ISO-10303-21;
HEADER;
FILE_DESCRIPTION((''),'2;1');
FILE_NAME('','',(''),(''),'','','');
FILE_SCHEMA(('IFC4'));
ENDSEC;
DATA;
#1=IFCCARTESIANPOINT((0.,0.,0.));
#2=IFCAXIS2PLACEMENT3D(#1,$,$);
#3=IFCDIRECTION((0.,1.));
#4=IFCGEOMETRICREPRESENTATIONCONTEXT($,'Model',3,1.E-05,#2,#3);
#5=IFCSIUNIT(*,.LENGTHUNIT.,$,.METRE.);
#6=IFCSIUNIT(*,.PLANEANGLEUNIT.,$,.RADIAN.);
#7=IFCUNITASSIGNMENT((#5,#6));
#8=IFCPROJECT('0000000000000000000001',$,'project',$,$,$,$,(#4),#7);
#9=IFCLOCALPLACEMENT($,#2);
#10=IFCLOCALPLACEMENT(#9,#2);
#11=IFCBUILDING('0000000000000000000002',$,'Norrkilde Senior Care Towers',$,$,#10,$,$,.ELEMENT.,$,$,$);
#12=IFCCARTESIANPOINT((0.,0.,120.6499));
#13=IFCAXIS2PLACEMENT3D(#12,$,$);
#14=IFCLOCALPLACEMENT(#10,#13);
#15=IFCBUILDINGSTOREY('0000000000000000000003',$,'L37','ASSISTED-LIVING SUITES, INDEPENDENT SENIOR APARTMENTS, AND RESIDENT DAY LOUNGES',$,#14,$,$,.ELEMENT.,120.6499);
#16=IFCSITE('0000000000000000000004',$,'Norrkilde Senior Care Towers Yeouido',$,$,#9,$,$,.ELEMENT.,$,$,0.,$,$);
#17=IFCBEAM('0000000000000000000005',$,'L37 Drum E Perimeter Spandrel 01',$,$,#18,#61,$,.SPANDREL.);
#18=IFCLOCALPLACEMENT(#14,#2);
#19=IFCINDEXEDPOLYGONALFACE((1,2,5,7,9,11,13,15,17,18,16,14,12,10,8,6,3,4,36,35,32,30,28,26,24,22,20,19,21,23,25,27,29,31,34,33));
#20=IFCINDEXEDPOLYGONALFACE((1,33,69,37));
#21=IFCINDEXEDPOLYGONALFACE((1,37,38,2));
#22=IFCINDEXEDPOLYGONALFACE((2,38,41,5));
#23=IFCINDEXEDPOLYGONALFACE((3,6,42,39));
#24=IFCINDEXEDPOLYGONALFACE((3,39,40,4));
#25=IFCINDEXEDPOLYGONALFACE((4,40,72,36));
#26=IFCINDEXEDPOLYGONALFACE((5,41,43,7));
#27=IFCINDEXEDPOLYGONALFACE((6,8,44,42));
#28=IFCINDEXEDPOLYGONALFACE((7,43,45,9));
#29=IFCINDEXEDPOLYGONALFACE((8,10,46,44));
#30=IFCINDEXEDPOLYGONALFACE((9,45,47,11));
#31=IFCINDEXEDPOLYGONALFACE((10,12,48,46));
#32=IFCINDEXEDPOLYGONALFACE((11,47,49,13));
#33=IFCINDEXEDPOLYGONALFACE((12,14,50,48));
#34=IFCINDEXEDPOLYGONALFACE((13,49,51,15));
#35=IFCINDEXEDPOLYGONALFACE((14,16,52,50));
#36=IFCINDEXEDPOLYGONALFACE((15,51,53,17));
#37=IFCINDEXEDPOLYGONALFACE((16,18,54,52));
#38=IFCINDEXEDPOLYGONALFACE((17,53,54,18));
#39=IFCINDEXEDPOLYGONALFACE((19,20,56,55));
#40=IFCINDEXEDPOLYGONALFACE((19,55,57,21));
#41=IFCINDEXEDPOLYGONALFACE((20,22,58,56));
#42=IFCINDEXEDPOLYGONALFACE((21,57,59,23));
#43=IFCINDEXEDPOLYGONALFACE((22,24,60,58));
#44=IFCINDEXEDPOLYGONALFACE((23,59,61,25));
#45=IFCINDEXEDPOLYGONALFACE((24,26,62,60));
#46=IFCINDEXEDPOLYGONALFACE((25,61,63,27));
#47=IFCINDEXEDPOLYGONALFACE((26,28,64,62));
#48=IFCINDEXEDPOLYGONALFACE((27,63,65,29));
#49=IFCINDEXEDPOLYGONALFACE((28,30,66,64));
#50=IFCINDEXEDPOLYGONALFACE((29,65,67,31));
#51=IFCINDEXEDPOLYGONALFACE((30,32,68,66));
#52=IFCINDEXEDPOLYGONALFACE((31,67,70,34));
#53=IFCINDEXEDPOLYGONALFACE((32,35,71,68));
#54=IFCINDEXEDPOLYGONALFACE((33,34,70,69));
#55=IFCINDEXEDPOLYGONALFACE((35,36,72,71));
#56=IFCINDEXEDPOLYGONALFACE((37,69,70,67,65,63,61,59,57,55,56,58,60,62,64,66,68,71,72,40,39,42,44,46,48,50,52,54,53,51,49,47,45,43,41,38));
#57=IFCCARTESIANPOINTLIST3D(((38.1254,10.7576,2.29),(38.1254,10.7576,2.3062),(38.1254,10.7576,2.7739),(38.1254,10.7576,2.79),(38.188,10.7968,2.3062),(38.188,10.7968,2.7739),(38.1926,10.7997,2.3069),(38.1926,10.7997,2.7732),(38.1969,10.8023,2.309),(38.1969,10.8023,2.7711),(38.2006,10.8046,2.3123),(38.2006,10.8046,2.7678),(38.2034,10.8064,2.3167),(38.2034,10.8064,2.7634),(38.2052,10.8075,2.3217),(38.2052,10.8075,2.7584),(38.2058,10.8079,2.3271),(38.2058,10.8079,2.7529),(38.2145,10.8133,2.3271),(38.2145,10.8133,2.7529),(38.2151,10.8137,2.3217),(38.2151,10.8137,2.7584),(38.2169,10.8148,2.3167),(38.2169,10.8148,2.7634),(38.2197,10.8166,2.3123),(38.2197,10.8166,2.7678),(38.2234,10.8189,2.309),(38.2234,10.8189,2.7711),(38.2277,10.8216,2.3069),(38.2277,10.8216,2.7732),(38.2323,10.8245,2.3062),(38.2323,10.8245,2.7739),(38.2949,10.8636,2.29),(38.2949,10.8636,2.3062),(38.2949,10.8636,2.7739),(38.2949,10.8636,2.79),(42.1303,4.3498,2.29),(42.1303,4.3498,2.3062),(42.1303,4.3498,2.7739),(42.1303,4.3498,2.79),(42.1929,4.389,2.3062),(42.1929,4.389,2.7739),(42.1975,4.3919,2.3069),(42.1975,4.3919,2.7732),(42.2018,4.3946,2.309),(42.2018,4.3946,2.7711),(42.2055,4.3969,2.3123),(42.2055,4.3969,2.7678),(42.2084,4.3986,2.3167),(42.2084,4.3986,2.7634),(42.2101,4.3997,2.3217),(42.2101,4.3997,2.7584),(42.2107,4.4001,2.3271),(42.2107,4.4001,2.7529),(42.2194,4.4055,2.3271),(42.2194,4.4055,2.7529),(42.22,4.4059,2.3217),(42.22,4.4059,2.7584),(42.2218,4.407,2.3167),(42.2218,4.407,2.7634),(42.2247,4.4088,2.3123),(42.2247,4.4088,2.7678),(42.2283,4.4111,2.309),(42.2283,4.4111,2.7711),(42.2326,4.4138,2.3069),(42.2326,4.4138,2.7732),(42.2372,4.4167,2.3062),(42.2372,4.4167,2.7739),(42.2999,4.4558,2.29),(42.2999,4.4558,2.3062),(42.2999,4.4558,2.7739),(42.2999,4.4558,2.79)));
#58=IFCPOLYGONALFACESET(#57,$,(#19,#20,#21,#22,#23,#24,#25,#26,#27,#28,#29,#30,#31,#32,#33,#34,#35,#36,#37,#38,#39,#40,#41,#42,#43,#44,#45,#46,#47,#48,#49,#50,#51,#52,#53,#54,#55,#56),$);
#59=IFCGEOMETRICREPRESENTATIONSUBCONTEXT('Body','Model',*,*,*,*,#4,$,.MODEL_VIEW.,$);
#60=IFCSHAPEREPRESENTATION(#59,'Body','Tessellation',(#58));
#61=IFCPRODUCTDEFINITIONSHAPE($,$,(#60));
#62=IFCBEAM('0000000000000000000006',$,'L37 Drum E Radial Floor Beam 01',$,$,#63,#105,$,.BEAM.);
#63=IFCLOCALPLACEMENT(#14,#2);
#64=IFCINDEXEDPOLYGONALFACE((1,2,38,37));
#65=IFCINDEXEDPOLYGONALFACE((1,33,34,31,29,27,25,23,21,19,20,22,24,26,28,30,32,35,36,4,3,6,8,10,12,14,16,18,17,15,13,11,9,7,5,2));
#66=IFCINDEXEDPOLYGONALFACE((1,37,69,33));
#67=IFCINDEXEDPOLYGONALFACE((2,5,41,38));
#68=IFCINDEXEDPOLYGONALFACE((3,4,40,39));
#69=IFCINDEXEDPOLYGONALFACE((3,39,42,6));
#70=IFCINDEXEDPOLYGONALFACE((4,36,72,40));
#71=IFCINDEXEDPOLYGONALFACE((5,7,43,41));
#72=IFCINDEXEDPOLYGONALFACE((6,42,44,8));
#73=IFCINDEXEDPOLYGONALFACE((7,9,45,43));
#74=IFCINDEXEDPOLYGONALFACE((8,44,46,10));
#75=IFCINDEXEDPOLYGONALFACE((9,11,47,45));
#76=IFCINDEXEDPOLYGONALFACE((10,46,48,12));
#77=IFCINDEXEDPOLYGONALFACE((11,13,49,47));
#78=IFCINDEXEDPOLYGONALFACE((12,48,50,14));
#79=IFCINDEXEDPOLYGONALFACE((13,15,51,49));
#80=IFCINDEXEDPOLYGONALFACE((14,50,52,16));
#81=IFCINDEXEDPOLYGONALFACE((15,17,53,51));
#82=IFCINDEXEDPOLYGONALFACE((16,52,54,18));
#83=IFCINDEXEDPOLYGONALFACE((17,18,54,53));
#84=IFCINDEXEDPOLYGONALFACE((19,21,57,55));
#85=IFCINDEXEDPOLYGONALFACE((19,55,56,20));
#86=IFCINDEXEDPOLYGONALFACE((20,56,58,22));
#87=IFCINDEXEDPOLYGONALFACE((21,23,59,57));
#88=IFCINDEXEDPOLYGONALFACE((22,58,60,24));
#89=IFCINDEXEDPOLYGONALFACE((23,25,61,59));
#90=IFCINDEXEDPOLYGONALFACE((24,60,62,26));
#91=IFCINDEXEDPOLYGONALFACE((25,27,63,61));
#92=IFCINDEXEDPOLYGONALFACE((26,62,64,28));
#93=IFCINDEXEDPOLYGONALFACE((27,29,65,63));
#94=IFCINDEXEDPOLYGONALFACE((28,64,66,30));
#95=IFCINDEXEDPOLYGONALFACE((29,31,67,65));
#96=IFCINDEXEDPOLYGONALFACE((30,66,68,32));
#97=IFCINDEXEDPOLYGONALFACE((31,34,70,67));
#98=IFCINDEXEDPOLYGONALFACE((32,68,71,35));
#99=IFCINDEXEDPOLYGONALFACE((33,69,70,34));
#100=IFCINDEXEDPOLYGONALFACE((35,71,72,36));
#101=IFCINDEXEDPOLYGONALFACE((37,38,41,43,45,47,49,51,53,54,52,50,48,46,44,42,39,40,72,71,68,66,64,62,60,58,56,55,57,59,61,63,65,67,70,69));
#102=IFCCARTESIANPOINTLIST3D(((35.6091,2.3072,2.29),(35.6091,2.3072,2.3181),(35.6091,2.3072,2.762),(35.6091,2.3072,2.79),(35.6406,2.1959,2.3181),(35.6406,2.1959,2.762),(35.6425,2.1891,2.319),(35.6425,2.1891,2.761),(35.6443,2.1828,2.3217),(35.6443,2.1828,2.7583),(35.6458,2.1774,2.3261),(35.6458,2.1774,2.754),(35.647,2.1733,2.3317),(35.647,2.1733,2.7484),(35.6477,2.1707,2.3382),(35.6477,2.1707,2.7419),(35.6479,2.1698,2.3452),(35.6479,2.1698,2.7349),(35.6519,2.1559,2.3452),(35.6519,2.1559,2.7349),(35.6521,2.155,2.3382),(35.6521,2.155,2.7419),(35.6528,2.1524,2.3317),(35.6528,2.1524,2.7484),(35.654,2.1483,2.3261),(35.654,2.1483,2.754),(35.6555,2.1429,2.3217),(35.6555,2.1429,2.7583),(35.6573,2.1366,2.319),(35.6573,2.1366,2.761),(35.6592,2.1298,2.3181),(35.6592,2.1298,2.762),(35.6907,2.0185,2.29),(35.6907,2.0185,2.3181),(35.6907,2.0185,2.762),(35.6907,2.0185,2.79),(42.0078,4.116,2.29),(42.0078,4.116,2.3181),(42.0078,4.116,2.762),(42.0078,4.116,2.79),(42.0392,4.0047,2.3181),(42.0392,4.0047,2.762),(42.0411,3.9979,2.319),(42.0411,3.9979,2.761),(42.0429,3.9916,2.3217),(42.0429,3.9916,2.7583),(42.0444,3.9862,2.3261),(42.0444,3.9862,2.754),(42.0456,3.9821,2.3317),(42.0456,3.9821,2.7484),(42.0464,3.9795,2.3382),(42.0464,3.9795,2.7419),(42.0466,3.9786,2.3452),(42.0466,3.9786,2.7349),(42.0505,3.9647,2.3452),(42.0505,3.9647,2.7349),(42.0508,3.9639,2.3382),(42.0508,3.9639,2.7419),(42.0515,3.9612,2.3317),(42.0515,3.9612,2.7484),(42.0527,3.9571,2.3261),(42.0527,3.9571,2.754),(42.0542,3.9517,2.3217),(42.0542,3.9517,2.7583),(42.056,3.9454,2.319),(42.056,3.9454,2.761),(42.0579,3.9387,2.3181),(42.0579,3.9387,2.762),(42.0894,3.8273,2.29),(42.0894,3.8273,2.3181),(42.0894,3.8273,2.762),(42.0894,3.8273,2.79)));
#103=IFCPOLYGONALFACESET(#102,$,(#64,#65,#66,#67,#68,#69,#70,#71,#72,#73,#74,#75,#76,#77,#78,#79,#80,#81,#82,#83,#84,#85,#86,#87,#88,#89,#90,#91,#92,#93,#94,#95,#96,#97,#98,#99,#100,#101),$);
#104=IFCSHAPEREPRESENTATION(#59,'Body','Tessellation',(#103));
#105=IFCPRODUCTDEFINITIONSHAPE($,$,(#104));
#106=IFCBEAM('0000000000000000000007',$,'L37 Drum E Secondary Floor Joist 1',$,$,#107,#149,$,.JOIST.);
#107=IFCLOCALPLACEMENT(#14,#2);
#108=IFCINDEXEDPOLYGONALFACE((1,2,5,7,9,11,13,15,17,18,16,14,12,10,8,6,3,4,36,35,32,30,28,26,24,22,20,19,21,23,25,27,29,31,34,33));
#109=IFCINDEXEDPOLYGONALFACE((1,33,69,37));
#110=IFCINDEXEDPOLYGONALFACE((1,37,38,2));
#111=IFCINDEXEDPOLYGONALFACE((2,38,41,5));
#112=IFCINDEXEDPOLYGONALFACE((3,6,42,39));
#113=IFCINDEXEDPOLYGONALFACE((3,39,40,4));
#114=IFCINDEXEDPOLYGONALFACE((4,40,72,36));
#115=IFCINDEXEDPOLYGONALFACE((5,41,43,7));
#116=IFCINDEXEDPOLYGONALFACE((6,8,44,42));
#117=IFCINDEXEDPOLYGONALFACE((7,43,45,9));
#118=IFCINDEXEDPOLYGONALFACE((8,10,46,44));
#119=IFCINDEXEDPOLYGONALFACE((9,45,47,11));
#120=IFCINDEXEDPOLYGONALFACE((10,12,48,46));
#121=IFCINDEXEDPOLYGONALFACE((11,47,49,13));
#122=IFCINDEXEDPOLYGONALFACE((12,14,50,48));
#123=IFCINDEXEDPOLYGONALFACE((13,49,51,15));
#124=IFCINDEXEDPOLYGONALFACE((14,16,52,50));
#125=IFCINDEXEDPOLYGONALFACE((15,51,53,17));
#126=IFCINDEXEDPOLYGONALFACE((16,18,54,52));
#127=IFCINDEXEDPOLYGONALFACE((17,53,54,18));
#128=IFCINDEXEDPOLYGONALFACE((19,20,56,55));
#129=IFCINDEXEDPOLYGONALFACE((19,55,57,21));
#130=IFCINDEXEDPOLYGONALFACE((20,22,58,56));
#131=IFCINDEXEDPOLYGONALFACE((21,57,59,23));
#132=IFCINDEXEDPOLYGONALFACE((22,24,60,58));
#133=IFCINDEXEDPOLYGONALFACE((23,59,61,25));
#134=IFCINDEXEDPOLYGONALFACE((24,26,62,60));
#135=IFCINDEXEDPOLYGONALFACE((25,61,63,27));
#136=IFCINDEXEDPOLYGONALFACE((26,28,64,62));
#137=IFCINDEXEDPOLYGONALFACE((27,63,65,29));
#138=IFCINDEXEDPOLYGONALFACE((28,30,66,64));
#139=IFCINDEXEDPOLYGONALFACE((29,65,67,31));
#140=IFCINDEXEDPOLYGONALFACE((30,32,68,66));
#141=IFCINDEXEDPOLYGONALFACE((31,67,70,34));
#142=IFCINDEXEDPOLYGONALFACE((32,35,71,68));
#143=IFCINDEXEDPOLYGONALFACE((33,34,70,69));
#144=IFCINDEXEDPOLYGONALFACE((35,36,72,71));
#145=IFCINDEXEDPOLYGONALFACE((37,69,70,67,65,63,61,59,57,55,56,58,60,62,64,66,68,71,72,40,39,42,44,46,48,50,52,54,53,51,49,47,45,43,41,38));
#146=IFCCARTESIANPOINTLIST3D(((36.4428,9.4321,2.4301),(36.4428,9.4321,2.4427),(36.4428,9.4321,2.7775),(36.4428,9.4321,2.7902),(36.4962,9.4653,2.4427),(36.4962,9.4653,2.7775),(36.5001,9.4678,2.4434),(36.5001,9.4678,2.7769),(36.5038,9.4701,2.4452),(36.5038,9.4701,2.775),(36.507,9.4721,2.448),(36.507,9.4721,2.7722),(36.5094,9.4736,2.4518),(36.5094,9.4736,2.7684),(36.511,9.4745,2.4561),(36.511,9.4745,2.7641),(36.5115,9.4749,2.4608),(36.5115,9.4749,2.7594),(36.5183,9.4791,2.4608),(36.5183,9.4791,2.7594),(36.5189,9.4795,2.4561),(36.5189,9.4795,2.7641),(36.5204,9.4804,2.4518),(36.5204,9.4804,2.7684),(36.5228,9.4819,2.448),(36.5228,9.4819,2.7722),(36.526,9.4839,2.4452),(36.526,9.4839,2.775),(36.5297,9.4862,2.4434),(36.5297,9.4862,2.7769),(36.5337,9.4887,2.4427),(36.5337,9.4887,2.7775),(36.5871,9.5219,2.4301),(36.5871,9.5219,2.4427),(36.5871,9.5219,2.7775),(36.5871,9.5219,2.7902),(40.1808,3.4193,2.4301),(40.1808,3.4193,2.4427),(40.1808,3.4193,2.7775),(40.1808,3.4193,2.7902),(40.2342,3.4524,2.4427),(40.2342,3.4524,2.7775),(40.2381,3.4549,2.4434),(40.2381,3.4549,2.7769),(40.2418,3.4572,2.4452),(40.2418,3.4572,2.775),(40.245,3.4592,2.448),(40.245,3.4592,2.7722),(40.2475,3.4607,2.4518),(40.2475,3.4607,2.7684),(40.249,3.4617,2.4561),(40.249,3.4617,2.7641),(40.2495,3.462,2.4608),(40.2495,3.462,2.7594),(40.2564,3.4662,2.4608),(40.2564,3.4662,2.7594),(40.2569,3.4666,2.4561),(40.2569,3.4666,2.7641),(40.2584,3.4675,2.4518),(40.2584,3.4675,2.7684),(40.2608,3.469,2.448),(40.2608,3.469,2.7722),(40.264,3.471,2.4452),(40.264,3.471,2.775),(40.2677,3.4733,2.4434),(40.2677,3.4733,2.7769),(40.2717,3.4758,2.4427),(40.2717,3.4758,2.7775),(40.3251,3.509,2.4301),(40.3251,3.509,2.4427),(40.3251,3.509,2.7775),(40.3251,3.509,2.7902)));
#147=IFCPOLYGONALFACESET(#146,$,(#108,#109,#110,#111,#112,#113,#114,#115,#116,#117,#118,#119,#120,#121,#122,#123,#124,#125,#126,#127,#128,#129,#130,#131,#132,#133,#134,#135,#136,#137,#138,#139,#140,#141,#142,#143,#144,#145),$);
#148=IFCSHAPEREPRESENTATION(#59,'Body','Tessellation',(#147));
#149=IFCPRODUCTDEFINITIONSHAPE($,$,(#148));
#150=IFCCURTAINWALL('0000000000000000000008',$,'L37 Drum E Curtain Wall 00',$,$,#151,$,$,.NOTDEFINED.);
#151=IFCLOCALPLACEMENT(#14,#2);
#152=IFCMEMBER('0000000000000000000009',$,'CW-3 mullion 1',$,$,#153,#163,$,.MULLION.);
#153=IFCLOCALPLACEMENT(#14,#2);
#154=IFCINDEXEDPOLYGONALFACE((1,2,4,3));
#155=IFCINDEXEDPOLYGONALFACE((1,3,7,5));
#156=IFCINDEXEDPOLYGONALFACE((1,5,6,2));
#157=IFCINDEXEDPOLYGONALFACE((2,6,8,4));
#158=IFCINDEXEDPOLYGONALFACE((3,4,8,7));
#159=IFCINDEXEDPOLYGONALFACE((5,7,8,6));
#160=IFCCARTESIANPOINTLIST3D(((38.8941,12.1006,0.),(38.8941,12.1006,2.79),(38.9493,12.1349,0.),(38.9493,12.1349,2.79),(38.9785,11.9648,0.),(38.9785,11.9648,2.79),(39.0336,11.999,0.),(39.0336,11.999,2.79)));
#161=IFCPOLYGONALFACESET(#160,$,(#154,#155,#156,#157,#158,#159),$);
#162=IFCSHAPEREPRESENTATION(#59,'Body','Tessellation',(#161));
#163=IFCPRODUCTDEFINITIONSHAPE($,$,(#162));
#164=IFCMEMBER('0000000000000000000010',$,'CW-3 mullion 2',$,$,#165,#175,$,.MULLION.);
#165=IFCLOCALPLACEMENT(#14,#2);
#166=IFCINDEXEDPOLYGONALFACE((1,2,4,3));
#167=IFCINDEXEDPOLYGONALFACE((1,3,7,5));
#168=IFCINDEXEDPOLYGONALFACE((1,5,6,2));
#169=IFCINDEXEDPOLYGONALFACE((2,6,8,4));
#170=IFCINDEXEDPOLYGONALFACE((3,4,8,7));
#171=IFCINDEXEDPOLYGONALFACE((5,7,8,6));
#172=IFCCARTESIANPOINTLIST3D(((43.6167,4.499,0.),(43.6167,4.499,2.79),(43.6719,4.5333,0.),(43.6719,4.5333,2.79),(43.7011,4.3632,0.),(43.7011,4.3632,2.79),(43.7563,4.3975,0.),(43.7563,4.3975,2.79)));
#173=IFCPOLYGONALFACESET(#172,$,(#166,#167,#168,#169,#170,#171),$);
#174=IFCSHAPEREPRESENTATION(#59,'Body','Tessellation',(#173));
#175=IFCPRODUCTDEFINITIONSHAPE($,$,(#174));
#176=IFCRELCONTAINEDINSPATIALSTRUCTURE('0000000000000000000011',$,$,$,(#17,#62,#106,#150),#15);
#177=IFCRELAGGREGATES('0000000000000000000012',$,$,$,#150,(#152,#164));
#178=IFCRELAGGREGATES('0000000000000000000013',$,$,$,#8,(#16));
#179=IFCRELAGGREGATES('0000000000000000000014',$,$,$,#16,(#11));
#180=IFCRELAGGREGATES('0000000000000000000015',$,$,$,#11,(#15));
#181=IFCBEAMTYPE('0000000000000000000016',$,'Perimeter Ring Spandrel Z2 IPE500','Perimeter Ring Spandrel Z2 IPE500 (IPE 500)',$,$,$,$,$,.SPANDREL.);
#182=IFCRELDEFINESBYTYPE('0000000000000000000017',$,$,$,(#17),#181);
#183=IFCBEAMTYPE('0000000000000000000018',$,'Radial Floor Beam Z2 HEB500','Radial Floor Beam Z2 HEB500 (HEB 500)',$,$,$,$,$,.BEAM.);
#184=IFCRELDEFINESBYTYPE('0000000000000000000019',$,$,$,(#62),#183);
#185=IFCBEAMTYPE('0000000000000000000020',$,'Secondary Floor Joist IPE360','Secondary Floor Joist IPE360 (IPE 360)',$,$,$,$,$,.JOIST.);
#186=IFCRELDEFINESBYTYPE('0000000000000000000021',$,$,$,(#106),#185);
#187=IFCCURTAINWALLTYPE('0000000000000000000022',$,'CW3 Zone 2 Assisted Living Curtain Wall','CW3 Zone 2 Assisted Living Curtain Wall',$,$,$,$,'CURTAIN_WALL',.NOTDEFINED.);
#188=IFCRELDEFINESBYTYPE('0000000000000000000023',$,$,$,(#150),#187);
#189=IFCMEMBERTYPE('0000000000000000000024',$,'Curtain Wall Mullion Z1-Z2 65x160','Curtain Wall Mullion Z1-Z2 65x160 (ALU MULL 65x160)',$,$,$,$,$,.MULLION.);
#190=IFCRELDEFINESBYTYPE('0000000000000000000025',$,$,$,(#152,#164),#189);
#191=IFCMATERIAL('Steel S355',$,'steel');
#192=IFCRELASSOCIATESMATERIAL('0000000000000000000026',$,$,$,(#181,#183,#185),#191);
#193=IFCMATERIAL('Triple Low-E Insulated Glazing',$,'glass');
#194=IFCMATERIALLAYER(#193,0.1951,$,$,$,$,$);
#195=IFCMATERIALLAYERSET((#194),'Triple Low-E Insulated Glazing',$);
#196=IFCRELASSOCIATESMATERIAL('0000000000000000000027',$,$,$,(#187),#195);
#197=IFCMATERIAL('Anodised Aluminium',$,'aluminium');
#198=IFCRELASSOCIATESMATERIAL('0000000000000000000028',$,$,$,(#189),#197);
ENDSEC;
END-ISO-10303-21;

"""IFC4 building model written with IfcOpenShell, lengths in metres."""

from ifc_helpers import new_model, si_unit, direction, frame, origin, origin_2d, place, context, subcontext, project, spatial, rectangle, i_section, extrude, source, transform, mapped, material, layer, layer_set, material_profile, profile_set, type_object, type_shapes, element, aggregate, save


model = new_model("IFC4")

# Units and contexts
model_context = context("Model", 3, precision=1e-05, world=origin(), true_north=direction((0.0, 1.0)))
body_context = subcontext(model_context, "Body", "Model", "MODEL_VIEW")
ifc_project = project(units=[si_unit("LENGTHUNIT", "METRE"), si_unit("PLANEANGLEUNIT", "RADIAN")], contexts=[model_context])

# Site, building, storey
site_placement = place(None, origin())
site = spatial("IfcSite", under=ifc_project, at=site_placement, Name="Norrkilde Senior Care Towers Yeouido", CompositionType="ELEMENT", RefElevation=0.0)
building_placement = place(site_placement, origin())
building = spatial("IfcBuilding", under=site, at=building_placement, Name="Norrkilde Senior Care Towers", CompositionType="ELEMENT")
storey_placement = place(building_placement, frame((0.0, 0.0, 120.6499)))
storey = spatial("IfcBuildingStorey", under=building, at=storey_placement, Name="L37", Description="ASSISTED-LIVING SUITES, INDEPENDENT SENIOR APARTMENTS, AND RESIDENT DAY LOUNGES", CompositionType="ELEMENT", Elevation=120.6499)

# Beams
ifc_material_1 = material(Name="Steel S355", Category="steel")
ifc_material_profile_1 = material_profile(ifc_material_1, i_section(OverallWidth=0.2, OverallDepth=0.5, WebThickness=0.0103, FlangeThickness=0.0161, FilletRadius=0.021, at=origin_2d()), Name="IPE 500")
ifc_profile_set_1 = profile_set([ifc_material_profile_1], Name="Steel S355")
beam_type_1 = type_object("IfcBeamType", Name="Perimeter Ring Spandrel Z2 IPE500", Description="Perimeter Ring Spandrel Z2 IPE500 (IPE 500)", PredefinedType="SPANDREL", material=ifc_profile_set_1)
shared_shape_1 = source(origin(), body_context, "Body", "SweptSolid", [
    extrude(i_section(OverallWidth=0.2, OverallDepth=0.5, WebThickness=0.0103, FlangeThickness=0.0161, FilletRadius=0.021, at=origin_2d()), origin(), (0.0, 0.0, 1.0), 7.5564),
])
beam_1_placement = place(storey_placement, frame((42.2151, 4.4028, 2.54), z_axis=(-0.530005, 0.847995, 0.0), x_axis=(-0.847995, -0.530005, 0.0)))
element("IfcBeam", 1, at=beam_1_placement, inside=storey, type_object=beam_type_1, Name="L37 Drum E Perimeter Spandrel 01", PredefinedType="SPANDREL", context=body_context, shape_type="MappedRepresentation", body=[
    mapped(shared_shape_1, transform((0.0, 0.0, 0.0), x_axis=(1.0, 0.0, 0.0), y_axis=(0.0, 1.0, 0.0), z_axis=(0.0, 0.0, 1.0), scale=1.0)),
])
ifc_material_profile_2 = material_profile(ifc_material_1, i_section(OverallWidth=0.3, OverallDepth=0.5, WebThickness=0.0144, FlangeThickness=0.0281, FilletRadius=0.0271, at=origin_2d()), Name="HEB 500")
ifc_profile_set_2 = profile_set([ifc_material_profile_2], Name="Steel S355")
beam_type_2 = type_object("IfcBeamType", Name="Radial Floor Beam Z2 HEB500", Description="Radial Floor Beam Z2 HEB500 (HEB 500)", PredefinedType="BEAM", material=ifc_profile_set_2)
shared_shape_2 = source(origin(), body_context, "Body", "SweptSolid", [
    extrude(i_section(OverallWidth=0.3, OverallDepth=0.5, WebThickness=0.0144, FlangeThickness=0.0281, FilletRadius=0.0271, at=origin_2d()), origin(), (0.0, 0.0, 1.0), 6.6494),
])
type_shapes(beam_type_2, [shared_shape_2])
beam_2_placement = place(storey_placement, frame((35.6499, 2.1628, 2.54), z_axis=(0.962289, 0.272029, 0.0), x_axis=(-0.272029, 0.962289, 0.0)))
element("IfcBeam", 2, at=beam_2_placement, inside=storey, type_object=beam_type_2, Name="L37 Drum E Radial Floor Beam 01", PredefinedType="BEAM", context=body_context, shape_type="MappedRepresentation", body=[
    mapped(shared_shape_2, transform((0.0, 0.0, 0.0), x_axis=(1.0, 0.0, 0.0), y_axis=(0.0, 1.0, 0.0), z_axis=(0.0, 0.0, 1.0), scale=1.0)),
])
ifc_material_profile_3 = material_profile(ifc_material_1, i_section(OverallWidth=0.1699, OverallDepth=0.3601, WebThickness=0.0081, FlangeThickness=0.0127, FilletRadius=0.0181, at=origin_2d()), Name="IPE 360")
ifc_profile_set_3 = profile_set([ifc_material_profile_3], Name="Steel S355")
beam_type_3 = type_object("IfcBeamType", Name="Secondary Floor Joist IPE360", Description="Secondary Floor Joist IPE360 (IPE 360)", PredefinedType="JOIST", material=ifc_profile_set_3)
shared_shape_3 = source(origin(), body_context, "Body", "SweptSolid", [
    extrude(i_section(OverallWidth=0.1699, OverallDepth=0.3601, WebThickness=0.0081, FlangeThickness=0.0127, FilletRadius=0.0181, at=origin_2d()), origin(), (0.0, 0.0, 1.0), 7.0801),
])
type_shapes(beam_type_3, [shared_shape_3])
beam_3_placement = place(storey_placement, frame((40.2529, 3.4641, 2.6101), z_axis=(-0.527961, 0.849269, 0.0), x_axis=(-0.849269, -0.527961, 0.0)))
element("IfcBeam", 3, at=beam_3_placement, inside=storey, type_object=beam_type_3, Name="L37 Drum E Secondary Floor Joist 1", PredefinedType="JOIST", context=body_context, shape_type="MappedRepresentation", body=[
    mapped(shared_shape_3, transform((0.0, 0.0, 0.0), x_axis=(1.0, 0.0, 0.0), y_axis=(0.0, 1.0, 0.0), z_axis=(0.0, 0.0, 1.0), scale=1.0)),
])

# Curtain wall, members
ifc_material_2 = material(Name="Triple Low-E Insulated Glazing", Category="glass")
ifc_layer_1 = layer(ifc_material_2, 0.1951)
ifc_layer_set_1 = layer_set([ifc_layer_1], Name="Triple Low-E Insulated Glazing")
curtain_wall_type = type_object("IfcCurtainWallType", Name="CW3 Zone 2 Assisted Living Curtain Wall", Description="CW3 Zone 2 Assisted Living Curtain Wall", ElementType="CURTAIN_WALL", PredefinedType="NOTDEFINED", material=ifc_layer_set_1)
curtain_wall_1_placement = place(storey_placement, origin())
curtain_wall_1 = element("IfcCurtainWall", 4, at=curtain_wall_1_placement, inside=storey, type_object=curtain_wall_type, Name="L37 Drum E Curtain Wall 00", PredefinedType="NOTDEFINED")
ifc_material_3 = material(Name="Anodised Aluminium", Category="aluminium")
ifc_material_profile_4 = material_profile(ifc_material_3, rectangle(XDim=0.0649, YDim=0.1599, at=origin_2d()), Name="ALU MULL 65x160")
ifc_profile_set_4 = profile_set([ifc_material_profile_4], Name="Anodised Aluminium")
member_type_1 = type_object("IfcMemberType", Name="Curtain Wall Mullion Z1-Z2 65x160", Description="Curtain Wall Mullion Z1-Z2 65x160 (ALU MULL 65x160)", PredefinedType="MULLION", material=ifc_profile_set_4)
shared_shape_4 = source(origin(), body_context, "Body", "SweptSolid", [
    extrude(rectangle(XDim=0.0649, YDim=0.1599, at=origin_2d()), origin(), (0.0, 0.0, 1.0), 2.79),
])
type_shapes(member_type_1, [shared_shape_4])
member_1_placement = place(storey_placement, frame((38.9639, 12.0498, 0.0), z_axis=(0.0, 0.0, 1.0), x_axis=(0.84941, 0.527733, 0.0)))
member_1 = element("IfcMember", 5, at=member_1_placement, type_object=member_type_1, Name="CW-3 mullion 1", PredefinedType="MULLION", context=body_context, shape_type="MappedRepresentation", body=[
    mapped(shared_shape_4, transform((0.0, 0.0, 0.0), x_axis=(1.0, 0.0, 0.0), y_axis=(0.0, 1.0, 0.0), z_axis=(0.0, 0.0, 1.0), scale=1.0)),
])
member_2_placement = place(storey_placement, frame((43.6865, 4.4482, 0.0), z_axis=(0.0, 0.0, 1.0), x_axis=(0.84941, 0.527733, 0.0)))
member_2 = element("IfcMember", 6, at=member_2_placement, type_object=member_type_1, Name="CW-3 mullion 2", PredefinedType="MULLION", context=body_context, shape_type="MappedRepresentation", body=[
    mapped(shared_shape_4, transform((0.0, 0.0, 0.0), x_axis=(1.0, 0.0, 0.0), y_axis=(0.0, 1.0, 0.0), z_axis=(0.0, 0.0, 1.0), scale=1.0)),
])

aggregate(curtain_wall_1, [member_1, member_2])

save(model, "model.ifc")
